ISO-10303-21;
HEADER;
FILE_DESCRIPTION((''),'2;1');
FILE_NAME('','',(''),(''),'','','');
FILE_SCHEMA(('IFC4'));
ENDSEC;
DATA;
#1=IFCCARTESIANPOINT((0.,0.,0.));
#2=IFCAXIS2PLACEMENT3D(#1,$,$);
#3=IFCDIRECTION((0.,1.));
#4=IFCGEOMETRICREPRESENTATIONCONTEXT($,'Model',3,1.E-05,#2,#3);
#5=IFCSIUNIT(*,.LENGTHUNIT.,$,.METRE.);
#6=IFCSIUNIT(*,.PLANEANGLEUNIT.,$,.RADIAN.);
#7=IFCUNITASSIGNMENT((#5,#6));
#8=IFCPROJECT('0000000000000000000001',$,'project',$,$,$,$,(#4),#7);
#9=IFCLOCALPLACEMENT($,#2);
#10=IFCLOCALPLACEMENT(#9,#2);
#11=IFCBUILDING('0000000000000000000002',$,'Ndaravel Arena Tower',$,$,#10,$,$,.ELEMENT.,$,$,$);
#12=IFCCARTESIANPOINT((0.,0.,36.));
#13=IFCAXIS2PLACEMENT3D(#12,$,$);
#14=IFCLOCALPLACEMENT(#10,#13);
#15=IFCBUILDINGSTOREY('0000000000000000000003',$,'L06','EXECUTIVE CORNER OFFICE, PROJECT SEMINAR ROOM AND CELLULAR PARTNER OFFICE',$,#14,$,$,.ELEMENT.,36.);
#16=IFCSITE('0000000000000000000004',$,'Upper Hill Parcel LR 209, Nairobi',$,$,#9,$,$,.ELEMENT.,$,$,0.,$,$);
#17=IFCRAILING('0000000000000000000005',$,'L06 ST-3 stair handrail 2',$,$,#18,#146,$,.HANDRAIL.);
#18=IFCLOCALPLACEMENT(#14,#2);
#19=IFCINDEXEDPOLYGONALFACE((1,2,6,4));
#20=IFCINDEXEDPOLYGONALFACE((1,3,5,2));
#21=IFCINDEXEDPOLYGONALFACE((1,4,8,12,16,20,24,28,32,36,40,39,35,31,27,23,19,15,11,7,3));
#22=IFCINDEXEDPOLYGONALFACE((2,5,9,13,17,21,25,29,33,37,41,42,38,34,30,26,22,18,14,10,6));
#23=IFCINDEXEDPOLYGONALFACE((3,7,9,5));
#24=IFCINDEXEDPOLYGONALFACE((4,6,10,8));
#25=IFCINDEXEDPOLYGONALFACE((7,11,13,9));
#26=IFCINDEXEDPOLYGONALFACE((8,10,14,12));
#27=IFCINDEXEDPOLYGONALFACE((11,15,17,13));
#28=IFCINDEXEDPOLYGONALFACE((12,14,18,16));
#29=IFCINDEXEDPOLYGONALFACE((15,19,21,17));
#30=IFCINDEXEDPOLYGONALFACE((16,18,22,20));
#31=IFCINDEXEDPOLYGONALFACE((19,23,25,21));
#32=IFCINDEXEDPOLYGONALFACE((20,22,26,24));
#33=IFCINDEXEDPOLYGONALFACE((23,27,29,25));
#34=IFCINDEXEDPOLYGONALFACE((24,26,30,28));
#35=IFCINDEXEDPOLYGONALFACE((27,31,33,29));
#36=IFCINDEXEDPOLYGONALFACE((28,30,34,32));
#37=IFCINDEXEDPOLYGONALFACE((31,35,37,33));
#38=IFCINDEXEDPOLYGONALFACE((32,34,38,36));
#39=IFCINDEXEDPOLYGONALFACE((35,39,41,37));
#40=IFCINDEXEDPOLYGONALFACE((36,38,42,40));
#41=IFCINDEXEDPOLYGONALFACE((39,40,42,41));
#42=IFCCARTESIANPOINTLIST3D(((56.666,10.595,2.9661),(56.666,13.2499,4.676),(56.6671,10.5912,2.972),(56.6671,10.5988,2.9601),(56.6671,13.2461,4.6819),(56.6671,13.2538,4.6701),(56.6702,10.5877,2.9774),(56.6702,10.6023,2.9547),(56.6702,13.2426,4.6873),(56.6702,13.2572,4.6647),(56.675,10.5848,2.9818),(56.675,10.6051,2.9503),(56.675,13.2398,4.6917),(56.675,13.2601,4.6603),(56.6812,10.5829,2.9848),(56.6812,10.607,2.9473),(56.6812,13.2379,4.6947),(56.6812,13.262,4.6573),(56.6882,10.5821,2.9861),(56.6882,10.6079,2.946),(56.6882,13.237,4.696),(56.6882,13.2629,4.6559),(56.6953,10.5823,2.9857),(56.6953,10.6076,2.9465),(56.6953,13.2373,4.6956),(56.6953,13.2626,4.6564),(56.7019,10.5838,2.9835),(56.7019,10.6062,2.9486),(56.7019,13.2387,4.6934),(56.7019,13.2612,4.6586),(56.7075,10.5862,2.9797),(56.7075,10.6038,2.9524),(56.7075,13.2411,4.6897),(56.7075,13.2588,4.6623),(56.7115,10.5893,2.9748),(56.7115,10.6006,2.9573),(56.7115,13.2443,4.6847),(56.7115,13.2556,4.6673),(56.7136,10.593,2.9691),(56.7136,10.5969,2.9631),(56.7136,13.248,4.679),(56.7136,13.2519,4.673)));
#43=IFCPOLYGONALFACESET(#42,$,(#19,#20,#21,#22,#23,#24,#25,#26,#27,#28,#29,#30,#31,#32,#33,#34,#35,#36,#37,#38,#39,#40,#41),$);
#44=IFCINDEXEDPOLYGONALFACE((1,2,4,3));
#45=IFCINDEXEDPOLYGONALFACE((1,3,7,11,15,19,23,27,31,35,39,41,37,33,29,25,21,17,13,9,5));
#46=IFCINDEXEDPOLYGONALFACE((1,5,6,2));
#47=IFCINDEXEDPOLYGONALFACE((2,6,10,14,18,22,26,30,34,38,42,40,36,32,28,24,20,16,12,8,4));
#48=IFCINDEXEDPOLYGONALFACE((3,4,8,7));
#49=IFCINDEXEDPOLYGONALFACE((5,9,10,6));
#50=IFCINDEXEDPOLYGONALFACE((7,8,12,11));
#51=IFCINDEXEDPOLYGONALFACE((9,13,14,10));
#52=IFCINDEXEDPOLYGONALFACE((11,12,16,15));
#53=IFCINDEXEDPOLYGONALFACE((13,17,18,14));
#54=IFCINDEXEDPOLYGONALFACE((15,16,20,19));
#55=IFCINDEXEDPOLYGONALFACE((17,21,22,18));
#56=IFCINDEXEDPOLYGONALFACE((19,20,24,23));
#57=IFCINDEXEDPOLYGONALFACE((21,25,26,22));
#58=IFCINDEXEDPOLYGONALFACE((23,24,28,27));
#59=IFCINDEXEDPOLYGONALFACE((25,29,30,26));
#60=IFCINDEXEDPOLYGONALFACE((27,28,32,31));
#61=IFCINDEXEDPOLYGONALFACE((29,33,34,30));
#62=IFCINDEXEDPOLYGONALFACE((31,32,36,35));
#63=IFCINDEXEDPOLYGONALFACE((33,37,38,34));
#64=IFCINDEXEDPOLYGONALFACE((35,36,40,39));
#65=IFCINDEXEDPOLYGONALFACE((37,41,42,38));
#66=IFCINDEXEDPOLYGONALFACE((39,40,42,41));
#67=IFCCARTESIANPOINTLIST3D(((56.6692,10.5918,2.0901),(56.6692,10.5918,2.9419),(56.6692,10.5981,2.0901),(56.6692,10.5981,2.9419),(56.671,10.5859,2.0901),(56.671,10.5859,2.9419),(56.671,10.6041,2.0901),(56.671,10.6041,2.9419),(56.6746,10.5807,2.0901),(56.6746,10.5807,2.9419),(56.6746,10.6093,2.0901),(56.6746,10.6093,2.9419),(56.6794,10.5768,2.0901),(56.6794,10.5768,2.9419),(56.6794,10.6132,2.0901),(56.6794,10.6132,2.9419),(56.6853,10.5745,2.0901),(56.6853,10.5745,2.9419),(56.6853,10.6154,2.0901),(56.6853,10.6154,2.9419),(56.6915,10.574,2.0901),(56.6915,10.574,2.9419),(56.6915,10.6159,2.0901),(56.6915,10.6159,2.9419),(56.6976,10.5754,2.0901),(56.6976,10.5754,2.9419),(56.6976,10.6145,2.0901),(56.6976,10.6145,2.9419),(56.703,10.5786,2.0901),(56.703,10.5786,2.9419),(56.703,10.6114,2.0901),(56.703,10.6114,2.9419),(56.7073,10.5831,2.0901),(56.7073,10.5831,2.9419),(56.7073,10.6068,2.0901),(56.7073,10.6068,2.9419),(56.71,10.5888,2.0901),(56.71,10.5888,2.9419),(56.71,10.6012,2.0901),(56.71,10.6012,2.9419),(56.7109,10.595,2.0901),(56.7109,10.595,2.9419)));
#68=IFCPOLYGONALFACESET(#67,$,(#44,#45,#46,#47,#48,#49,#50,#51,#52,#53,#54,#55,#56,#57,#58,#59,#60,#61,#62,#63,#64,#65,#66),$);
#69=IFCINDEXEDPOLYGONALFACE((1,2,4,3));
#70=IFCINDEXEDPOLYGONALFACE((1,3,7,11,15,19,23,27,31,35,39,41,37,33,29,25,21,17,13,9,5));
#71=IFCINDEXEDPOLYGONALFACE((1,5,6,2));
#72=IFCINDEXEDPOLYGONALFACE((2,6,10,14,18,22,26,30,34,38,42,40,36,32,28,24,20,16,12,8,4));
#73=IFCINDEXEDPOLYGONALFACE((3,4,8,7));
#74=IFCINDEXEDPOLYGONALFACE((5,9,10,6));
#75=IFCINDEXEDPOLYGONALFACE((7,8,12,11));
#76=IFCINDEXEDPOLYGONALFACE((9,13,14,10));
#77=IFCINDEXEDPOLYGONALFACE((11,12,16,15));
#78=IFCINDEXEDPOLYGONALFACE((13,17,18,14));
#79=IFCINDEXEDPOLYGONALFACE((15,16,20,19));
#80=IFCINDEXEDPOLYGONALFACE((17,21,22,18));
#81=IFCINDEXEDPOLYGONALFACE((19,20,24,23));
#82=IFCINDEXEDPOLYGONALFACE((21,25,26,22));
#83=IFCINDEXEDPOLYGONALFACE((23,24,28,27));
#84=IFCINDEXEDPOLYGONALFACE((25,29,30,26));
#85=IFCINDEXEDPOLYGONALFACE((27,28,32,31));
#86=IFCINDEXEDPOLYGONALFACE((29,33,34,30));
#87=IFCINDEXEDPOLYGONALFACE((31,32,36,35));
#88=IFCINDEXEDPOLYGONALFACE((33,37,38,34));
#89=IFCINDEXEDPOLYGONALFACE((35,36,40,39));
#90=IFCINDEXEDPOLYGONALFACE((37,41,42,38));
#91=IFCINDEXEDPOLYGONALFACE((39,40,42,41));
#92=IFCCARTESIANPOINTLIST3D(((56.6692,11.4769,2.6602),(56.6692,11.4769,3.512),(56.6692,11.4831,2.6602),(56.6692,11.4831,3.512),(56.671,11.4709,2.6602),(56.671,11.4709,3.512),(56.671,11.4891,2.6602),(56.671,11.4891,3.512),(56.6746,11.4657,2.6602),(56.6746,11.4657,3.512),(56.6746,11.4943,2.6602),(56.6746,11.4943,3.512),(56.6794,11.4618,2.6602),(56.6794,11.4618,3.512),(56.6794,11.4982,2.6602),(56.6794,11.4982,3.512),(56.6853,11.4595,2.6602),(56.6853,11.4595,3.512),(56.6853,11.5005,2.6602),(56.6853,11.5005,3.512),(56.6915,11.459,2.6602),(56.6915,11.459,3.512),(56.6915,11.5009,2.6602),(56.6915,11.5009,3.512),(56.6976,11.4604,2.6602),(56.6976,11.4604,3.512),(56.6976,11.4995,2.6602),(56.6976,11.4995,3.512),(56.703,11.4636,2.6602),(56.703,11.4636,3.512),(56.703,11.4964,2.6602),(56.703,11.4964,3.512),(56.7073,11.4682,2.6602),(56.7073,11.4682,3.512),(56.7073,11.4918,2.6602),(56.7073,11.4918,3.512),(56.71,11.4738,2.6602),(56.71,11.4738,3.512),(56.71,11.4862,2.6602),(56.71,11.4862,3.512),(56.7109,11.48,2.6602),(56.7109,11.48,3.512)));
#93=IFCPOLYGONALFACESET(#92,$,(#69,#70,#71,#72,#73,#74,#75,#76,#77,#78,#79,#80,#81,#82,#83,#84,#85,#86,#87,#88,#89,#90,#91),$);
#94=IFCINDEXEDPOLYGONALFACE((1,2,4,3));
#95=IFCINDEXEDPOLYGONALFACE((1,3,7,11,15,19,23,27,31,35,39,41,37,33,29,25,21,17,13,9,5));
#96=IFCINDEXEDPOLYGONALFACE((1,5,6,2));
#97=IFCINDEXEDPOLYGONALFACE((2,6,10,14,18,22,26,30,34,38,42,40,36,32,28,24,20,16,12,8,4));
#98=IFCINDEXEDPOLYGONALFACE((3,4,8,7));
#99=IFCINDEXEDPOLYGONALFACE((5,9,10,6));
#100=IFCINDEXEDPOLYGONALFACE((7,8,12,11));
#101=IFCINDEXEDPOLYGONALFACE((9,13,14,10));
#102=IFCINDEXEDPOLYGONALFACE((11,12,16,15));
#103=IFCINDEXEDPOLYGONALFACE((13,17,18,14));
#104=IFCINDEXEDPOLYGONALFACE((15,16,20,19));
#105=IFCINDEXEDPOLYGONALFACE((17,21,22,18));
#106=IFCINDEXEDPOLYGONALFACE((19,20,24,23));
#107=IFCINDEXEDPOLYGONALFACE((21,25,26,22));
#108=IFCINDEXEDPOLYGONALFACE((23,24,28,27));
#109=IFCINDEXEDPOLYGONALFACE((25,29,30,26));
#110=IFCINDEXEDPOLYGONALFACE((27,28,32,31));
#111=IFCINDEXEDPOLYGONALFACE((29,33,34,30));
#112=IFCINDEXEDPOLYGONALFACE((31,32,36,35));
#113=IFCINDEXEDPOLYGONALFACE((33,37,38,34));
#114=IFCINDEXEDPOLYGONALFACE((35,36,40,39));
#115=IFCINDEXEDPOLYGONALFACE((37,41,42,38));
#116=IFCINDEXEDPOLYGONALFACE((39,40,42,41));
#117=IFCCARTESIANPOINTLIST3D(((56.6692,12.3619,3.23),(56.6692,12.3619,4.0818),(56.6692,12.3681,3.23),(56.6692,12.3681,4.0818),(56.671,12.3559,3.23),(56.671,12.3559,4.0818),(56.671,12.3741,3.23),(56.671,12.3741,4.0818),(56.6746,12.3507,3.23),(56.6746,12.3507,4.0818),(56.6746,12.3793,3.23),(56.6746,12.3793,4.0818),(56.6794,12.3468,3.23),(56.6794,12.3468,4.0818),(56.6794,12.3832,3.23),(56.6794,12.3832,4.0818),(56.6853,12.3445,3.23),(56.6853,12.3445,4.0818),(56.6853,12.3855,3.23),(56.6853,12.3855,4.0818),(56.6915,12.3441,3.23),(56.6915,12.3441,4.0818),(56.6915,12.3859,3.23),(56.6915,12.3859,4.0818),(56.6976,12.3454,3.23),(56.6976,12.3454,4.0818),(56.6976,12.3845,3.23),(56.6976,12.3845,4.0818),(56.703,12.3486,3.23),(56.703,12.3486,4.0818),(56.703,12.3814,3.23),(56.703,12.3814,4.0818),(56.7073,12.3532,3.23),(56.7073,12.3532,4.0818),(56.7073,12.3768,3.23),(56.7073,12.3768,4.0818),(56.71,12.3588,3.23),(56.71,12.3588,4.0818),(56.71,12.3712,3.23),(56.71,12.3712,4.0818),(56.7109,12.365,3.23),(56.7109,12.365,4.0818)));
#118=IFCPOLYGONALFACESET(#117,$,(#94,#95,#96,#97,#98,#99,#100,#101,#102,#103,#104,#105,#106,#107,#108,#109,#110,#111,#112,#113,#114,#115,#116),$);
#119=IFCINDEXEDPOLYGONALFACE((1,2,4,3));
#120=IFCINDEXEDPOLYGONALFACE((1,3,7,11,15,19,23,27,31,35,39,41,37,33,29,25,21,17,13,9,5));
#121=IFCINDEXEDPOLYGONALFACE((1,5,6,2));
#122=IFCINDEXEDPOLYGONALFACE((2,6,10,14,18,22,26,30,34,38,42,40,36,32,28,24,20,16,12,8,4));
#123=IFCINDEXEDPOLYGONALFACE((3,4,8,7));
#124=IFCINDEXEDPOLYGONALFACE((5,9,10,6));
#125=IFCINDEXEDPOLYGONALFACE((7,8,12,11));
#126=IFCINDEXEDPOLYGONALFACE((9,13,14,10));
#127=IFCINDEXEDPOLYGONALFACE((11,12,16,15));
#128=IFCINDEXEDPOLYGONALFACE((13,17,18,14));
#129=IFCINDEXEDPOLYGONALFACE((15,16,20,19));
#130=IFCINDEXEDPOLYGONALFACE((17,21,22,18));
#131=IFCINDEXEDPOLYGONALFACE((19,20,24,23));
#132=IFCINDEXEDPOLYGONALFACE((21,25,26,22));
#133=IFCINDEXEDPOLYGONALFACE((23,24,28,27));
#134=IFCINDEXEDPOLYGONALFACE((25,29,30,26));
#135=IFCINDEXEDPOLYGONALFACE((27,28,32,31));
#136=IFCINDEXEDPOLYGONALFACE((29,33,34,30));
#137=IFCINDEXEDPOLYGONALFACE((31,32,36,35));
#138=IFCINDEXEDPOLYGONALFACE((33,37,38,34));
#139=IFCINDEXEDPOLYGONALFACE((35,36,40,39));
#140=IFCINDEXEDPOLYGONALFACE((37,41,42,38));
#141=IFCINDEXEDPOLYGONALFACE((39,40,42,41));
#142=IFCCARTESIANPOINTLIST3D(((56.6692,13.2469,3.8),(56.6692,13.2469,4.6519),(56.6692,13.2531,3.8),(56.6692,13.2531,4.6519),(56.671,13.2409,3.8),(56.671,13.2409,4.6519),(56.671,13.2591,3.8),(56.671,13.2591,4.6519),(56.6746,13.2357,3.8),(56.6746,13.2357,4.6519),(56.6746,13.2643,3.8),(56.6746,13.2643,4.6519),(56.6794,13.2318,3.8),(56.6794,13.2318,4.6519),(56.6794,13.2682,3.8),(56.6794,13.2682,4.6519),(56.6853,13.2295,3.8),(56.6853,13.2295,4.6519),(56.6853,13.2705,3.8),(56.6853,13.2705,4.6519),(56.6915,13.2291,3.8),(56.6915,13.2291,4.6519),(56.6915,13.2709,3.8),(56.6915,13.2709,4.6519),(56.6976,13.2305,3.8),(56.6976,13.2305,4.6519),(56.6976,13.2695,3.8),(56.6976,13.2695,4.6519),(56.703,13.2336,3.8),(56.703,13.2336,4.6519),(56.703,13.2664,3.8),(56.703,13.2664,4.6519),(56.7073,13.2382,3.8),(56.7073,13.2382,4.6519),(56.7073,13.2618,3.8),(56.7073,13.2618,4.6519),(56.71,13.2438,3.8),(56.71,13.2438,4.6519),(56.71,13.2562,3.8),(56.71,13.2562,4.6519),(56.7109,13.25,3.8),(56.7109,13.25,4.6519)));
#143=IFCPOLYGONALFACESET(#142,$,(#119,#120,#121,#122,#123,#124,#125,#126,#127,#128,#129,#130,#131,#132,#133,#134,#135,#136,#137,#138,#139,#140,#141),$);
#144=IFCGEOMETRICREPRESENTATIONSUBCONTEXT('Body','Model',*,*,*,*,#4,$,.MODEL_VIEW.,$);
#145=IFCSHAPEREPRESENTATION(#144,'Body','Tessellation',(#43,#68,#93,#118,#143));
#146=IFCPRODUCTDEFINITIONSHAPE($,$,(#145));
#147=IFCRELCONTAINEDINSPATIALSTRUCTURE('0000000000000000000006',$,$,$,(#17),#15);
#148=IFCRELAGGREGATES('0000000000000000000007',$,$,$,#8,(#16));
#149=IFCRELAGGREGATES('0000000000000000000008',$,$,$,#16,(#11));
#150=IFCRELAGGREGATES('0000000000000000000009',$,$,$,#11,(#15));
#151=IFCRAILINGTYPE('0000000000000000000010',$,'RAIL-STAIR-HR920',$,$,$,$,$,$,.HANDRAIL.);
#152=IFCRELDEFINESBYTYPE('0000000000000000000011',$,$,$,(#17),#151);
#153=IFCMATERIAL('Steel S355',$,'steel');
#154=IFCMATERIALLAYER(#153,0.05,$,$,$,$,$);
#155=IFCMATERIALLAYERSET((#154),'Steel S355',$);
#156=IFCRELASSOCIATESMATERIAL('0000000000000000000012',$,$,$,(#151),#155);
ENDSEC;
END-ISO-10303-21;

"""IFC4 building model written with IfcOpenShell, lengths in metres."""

from ifc_helpers import new_model, si_unit, direction, frame, origin, origin_2d, place, context, subcontext, project, spatial, circle, extrude, material, layer, layer_set, type_object, element, save


model = new_model("IFC4")

# Units and contexts
model_context = context("Model", 3, precision=1e-05, world=origin(), true_north=direction((0.0, 1.0)))
body_context = subcontext(model_context, "Body", "Model", "MODEL_VIEW")
ifc_project = project(units=[si_unit("LENGTHUNIT", "METRE"), si_unit("PLANEANGLEUNIT", "RADIAN")], contexts=[model_context])

# Site, building, storey
site_placement = place(None, origin())
site = spatial("IfcSite", under=ifc_project, at=site_placement, Name="Upper Hill Parcel LR 209, Nairobi", CompositionType="ELEMENT", RefElevation=0.0)
building_placement = place(site_placement, origin())
building = spatial("IfcBuilding", under=site, at=building_placement, Name="Ndaravel Arena Tower", CompositionType="ELEMENT")
storey_placement = place(building_placement, frame((0.0, 0.0, 36.0)))
storey = spatial("IfcBuildingStorey", under=building, at=storey_placement, Name="L06", Description="EXECUTIVE CORNER OFFICE, PROJECT SEMINAR ROOM AND CELLULAR PARTNER OFFICE", CompositionType="ELEMENT", Elevation=36.0)

# Railing
ifc_material_1 = material(Name="Steel S355", Category="steel")
ifc_layer_1 = layer(ifc_material_1, 0.05)
ifc_layer_set_1 = layer_set([ifc_layer_1], Name="Steel S355")
railing_type_1 = type_object("IfcRailingType", Name="RAIL-STAIR-HR920", PredefinedType="HANDRAIL", material=ifc_layer_set_1)
railing_1_placement = place(storey_placement, frame((56.6899, 10.595, 2.0901)))
element("IfcRailing", 1, at=railing_1_placement, inside=storey, type_object=railing_type_1, Name="L06 ST-3 stair handrail 2", PredefinedType="HANDRAIL", context=body_context, shape_type="SweptSolid", body=[
    extrude(circle(Radius=0.0239, at=origin_2d()), frame((0.0, 0.0, 0.876), z_axis=(0.0, 0.840724, 0.541465), x_axis=(-1.0, 0.0, 0.0)), (0.0, 0.0, 1.0), 3.158),
    extrude(circle(Radius=0.021, at=origin_2d()), origin(), (0.0, 0.0, 1.0), 0.8518),
    extrude(circle(Radius=0.021, at=origin_2d()), frame((0.0, 0.885, 0.5701)), (0.0, 0.0, 1.0), 0.8518),
    extrude(circle(Radius=0.021, at=origin_2d()), frame((0.0, 1.77, 1.1399)), (0.0, 0.0, 1.0), 0.8518),
    extrude(circle(Radius=0.021, at=origin_2d()), frame((0.0, 2.655, 1.71)), (0.0, 0.0, 1.0), 0.8518),
])

save(model, "model.ifc")
